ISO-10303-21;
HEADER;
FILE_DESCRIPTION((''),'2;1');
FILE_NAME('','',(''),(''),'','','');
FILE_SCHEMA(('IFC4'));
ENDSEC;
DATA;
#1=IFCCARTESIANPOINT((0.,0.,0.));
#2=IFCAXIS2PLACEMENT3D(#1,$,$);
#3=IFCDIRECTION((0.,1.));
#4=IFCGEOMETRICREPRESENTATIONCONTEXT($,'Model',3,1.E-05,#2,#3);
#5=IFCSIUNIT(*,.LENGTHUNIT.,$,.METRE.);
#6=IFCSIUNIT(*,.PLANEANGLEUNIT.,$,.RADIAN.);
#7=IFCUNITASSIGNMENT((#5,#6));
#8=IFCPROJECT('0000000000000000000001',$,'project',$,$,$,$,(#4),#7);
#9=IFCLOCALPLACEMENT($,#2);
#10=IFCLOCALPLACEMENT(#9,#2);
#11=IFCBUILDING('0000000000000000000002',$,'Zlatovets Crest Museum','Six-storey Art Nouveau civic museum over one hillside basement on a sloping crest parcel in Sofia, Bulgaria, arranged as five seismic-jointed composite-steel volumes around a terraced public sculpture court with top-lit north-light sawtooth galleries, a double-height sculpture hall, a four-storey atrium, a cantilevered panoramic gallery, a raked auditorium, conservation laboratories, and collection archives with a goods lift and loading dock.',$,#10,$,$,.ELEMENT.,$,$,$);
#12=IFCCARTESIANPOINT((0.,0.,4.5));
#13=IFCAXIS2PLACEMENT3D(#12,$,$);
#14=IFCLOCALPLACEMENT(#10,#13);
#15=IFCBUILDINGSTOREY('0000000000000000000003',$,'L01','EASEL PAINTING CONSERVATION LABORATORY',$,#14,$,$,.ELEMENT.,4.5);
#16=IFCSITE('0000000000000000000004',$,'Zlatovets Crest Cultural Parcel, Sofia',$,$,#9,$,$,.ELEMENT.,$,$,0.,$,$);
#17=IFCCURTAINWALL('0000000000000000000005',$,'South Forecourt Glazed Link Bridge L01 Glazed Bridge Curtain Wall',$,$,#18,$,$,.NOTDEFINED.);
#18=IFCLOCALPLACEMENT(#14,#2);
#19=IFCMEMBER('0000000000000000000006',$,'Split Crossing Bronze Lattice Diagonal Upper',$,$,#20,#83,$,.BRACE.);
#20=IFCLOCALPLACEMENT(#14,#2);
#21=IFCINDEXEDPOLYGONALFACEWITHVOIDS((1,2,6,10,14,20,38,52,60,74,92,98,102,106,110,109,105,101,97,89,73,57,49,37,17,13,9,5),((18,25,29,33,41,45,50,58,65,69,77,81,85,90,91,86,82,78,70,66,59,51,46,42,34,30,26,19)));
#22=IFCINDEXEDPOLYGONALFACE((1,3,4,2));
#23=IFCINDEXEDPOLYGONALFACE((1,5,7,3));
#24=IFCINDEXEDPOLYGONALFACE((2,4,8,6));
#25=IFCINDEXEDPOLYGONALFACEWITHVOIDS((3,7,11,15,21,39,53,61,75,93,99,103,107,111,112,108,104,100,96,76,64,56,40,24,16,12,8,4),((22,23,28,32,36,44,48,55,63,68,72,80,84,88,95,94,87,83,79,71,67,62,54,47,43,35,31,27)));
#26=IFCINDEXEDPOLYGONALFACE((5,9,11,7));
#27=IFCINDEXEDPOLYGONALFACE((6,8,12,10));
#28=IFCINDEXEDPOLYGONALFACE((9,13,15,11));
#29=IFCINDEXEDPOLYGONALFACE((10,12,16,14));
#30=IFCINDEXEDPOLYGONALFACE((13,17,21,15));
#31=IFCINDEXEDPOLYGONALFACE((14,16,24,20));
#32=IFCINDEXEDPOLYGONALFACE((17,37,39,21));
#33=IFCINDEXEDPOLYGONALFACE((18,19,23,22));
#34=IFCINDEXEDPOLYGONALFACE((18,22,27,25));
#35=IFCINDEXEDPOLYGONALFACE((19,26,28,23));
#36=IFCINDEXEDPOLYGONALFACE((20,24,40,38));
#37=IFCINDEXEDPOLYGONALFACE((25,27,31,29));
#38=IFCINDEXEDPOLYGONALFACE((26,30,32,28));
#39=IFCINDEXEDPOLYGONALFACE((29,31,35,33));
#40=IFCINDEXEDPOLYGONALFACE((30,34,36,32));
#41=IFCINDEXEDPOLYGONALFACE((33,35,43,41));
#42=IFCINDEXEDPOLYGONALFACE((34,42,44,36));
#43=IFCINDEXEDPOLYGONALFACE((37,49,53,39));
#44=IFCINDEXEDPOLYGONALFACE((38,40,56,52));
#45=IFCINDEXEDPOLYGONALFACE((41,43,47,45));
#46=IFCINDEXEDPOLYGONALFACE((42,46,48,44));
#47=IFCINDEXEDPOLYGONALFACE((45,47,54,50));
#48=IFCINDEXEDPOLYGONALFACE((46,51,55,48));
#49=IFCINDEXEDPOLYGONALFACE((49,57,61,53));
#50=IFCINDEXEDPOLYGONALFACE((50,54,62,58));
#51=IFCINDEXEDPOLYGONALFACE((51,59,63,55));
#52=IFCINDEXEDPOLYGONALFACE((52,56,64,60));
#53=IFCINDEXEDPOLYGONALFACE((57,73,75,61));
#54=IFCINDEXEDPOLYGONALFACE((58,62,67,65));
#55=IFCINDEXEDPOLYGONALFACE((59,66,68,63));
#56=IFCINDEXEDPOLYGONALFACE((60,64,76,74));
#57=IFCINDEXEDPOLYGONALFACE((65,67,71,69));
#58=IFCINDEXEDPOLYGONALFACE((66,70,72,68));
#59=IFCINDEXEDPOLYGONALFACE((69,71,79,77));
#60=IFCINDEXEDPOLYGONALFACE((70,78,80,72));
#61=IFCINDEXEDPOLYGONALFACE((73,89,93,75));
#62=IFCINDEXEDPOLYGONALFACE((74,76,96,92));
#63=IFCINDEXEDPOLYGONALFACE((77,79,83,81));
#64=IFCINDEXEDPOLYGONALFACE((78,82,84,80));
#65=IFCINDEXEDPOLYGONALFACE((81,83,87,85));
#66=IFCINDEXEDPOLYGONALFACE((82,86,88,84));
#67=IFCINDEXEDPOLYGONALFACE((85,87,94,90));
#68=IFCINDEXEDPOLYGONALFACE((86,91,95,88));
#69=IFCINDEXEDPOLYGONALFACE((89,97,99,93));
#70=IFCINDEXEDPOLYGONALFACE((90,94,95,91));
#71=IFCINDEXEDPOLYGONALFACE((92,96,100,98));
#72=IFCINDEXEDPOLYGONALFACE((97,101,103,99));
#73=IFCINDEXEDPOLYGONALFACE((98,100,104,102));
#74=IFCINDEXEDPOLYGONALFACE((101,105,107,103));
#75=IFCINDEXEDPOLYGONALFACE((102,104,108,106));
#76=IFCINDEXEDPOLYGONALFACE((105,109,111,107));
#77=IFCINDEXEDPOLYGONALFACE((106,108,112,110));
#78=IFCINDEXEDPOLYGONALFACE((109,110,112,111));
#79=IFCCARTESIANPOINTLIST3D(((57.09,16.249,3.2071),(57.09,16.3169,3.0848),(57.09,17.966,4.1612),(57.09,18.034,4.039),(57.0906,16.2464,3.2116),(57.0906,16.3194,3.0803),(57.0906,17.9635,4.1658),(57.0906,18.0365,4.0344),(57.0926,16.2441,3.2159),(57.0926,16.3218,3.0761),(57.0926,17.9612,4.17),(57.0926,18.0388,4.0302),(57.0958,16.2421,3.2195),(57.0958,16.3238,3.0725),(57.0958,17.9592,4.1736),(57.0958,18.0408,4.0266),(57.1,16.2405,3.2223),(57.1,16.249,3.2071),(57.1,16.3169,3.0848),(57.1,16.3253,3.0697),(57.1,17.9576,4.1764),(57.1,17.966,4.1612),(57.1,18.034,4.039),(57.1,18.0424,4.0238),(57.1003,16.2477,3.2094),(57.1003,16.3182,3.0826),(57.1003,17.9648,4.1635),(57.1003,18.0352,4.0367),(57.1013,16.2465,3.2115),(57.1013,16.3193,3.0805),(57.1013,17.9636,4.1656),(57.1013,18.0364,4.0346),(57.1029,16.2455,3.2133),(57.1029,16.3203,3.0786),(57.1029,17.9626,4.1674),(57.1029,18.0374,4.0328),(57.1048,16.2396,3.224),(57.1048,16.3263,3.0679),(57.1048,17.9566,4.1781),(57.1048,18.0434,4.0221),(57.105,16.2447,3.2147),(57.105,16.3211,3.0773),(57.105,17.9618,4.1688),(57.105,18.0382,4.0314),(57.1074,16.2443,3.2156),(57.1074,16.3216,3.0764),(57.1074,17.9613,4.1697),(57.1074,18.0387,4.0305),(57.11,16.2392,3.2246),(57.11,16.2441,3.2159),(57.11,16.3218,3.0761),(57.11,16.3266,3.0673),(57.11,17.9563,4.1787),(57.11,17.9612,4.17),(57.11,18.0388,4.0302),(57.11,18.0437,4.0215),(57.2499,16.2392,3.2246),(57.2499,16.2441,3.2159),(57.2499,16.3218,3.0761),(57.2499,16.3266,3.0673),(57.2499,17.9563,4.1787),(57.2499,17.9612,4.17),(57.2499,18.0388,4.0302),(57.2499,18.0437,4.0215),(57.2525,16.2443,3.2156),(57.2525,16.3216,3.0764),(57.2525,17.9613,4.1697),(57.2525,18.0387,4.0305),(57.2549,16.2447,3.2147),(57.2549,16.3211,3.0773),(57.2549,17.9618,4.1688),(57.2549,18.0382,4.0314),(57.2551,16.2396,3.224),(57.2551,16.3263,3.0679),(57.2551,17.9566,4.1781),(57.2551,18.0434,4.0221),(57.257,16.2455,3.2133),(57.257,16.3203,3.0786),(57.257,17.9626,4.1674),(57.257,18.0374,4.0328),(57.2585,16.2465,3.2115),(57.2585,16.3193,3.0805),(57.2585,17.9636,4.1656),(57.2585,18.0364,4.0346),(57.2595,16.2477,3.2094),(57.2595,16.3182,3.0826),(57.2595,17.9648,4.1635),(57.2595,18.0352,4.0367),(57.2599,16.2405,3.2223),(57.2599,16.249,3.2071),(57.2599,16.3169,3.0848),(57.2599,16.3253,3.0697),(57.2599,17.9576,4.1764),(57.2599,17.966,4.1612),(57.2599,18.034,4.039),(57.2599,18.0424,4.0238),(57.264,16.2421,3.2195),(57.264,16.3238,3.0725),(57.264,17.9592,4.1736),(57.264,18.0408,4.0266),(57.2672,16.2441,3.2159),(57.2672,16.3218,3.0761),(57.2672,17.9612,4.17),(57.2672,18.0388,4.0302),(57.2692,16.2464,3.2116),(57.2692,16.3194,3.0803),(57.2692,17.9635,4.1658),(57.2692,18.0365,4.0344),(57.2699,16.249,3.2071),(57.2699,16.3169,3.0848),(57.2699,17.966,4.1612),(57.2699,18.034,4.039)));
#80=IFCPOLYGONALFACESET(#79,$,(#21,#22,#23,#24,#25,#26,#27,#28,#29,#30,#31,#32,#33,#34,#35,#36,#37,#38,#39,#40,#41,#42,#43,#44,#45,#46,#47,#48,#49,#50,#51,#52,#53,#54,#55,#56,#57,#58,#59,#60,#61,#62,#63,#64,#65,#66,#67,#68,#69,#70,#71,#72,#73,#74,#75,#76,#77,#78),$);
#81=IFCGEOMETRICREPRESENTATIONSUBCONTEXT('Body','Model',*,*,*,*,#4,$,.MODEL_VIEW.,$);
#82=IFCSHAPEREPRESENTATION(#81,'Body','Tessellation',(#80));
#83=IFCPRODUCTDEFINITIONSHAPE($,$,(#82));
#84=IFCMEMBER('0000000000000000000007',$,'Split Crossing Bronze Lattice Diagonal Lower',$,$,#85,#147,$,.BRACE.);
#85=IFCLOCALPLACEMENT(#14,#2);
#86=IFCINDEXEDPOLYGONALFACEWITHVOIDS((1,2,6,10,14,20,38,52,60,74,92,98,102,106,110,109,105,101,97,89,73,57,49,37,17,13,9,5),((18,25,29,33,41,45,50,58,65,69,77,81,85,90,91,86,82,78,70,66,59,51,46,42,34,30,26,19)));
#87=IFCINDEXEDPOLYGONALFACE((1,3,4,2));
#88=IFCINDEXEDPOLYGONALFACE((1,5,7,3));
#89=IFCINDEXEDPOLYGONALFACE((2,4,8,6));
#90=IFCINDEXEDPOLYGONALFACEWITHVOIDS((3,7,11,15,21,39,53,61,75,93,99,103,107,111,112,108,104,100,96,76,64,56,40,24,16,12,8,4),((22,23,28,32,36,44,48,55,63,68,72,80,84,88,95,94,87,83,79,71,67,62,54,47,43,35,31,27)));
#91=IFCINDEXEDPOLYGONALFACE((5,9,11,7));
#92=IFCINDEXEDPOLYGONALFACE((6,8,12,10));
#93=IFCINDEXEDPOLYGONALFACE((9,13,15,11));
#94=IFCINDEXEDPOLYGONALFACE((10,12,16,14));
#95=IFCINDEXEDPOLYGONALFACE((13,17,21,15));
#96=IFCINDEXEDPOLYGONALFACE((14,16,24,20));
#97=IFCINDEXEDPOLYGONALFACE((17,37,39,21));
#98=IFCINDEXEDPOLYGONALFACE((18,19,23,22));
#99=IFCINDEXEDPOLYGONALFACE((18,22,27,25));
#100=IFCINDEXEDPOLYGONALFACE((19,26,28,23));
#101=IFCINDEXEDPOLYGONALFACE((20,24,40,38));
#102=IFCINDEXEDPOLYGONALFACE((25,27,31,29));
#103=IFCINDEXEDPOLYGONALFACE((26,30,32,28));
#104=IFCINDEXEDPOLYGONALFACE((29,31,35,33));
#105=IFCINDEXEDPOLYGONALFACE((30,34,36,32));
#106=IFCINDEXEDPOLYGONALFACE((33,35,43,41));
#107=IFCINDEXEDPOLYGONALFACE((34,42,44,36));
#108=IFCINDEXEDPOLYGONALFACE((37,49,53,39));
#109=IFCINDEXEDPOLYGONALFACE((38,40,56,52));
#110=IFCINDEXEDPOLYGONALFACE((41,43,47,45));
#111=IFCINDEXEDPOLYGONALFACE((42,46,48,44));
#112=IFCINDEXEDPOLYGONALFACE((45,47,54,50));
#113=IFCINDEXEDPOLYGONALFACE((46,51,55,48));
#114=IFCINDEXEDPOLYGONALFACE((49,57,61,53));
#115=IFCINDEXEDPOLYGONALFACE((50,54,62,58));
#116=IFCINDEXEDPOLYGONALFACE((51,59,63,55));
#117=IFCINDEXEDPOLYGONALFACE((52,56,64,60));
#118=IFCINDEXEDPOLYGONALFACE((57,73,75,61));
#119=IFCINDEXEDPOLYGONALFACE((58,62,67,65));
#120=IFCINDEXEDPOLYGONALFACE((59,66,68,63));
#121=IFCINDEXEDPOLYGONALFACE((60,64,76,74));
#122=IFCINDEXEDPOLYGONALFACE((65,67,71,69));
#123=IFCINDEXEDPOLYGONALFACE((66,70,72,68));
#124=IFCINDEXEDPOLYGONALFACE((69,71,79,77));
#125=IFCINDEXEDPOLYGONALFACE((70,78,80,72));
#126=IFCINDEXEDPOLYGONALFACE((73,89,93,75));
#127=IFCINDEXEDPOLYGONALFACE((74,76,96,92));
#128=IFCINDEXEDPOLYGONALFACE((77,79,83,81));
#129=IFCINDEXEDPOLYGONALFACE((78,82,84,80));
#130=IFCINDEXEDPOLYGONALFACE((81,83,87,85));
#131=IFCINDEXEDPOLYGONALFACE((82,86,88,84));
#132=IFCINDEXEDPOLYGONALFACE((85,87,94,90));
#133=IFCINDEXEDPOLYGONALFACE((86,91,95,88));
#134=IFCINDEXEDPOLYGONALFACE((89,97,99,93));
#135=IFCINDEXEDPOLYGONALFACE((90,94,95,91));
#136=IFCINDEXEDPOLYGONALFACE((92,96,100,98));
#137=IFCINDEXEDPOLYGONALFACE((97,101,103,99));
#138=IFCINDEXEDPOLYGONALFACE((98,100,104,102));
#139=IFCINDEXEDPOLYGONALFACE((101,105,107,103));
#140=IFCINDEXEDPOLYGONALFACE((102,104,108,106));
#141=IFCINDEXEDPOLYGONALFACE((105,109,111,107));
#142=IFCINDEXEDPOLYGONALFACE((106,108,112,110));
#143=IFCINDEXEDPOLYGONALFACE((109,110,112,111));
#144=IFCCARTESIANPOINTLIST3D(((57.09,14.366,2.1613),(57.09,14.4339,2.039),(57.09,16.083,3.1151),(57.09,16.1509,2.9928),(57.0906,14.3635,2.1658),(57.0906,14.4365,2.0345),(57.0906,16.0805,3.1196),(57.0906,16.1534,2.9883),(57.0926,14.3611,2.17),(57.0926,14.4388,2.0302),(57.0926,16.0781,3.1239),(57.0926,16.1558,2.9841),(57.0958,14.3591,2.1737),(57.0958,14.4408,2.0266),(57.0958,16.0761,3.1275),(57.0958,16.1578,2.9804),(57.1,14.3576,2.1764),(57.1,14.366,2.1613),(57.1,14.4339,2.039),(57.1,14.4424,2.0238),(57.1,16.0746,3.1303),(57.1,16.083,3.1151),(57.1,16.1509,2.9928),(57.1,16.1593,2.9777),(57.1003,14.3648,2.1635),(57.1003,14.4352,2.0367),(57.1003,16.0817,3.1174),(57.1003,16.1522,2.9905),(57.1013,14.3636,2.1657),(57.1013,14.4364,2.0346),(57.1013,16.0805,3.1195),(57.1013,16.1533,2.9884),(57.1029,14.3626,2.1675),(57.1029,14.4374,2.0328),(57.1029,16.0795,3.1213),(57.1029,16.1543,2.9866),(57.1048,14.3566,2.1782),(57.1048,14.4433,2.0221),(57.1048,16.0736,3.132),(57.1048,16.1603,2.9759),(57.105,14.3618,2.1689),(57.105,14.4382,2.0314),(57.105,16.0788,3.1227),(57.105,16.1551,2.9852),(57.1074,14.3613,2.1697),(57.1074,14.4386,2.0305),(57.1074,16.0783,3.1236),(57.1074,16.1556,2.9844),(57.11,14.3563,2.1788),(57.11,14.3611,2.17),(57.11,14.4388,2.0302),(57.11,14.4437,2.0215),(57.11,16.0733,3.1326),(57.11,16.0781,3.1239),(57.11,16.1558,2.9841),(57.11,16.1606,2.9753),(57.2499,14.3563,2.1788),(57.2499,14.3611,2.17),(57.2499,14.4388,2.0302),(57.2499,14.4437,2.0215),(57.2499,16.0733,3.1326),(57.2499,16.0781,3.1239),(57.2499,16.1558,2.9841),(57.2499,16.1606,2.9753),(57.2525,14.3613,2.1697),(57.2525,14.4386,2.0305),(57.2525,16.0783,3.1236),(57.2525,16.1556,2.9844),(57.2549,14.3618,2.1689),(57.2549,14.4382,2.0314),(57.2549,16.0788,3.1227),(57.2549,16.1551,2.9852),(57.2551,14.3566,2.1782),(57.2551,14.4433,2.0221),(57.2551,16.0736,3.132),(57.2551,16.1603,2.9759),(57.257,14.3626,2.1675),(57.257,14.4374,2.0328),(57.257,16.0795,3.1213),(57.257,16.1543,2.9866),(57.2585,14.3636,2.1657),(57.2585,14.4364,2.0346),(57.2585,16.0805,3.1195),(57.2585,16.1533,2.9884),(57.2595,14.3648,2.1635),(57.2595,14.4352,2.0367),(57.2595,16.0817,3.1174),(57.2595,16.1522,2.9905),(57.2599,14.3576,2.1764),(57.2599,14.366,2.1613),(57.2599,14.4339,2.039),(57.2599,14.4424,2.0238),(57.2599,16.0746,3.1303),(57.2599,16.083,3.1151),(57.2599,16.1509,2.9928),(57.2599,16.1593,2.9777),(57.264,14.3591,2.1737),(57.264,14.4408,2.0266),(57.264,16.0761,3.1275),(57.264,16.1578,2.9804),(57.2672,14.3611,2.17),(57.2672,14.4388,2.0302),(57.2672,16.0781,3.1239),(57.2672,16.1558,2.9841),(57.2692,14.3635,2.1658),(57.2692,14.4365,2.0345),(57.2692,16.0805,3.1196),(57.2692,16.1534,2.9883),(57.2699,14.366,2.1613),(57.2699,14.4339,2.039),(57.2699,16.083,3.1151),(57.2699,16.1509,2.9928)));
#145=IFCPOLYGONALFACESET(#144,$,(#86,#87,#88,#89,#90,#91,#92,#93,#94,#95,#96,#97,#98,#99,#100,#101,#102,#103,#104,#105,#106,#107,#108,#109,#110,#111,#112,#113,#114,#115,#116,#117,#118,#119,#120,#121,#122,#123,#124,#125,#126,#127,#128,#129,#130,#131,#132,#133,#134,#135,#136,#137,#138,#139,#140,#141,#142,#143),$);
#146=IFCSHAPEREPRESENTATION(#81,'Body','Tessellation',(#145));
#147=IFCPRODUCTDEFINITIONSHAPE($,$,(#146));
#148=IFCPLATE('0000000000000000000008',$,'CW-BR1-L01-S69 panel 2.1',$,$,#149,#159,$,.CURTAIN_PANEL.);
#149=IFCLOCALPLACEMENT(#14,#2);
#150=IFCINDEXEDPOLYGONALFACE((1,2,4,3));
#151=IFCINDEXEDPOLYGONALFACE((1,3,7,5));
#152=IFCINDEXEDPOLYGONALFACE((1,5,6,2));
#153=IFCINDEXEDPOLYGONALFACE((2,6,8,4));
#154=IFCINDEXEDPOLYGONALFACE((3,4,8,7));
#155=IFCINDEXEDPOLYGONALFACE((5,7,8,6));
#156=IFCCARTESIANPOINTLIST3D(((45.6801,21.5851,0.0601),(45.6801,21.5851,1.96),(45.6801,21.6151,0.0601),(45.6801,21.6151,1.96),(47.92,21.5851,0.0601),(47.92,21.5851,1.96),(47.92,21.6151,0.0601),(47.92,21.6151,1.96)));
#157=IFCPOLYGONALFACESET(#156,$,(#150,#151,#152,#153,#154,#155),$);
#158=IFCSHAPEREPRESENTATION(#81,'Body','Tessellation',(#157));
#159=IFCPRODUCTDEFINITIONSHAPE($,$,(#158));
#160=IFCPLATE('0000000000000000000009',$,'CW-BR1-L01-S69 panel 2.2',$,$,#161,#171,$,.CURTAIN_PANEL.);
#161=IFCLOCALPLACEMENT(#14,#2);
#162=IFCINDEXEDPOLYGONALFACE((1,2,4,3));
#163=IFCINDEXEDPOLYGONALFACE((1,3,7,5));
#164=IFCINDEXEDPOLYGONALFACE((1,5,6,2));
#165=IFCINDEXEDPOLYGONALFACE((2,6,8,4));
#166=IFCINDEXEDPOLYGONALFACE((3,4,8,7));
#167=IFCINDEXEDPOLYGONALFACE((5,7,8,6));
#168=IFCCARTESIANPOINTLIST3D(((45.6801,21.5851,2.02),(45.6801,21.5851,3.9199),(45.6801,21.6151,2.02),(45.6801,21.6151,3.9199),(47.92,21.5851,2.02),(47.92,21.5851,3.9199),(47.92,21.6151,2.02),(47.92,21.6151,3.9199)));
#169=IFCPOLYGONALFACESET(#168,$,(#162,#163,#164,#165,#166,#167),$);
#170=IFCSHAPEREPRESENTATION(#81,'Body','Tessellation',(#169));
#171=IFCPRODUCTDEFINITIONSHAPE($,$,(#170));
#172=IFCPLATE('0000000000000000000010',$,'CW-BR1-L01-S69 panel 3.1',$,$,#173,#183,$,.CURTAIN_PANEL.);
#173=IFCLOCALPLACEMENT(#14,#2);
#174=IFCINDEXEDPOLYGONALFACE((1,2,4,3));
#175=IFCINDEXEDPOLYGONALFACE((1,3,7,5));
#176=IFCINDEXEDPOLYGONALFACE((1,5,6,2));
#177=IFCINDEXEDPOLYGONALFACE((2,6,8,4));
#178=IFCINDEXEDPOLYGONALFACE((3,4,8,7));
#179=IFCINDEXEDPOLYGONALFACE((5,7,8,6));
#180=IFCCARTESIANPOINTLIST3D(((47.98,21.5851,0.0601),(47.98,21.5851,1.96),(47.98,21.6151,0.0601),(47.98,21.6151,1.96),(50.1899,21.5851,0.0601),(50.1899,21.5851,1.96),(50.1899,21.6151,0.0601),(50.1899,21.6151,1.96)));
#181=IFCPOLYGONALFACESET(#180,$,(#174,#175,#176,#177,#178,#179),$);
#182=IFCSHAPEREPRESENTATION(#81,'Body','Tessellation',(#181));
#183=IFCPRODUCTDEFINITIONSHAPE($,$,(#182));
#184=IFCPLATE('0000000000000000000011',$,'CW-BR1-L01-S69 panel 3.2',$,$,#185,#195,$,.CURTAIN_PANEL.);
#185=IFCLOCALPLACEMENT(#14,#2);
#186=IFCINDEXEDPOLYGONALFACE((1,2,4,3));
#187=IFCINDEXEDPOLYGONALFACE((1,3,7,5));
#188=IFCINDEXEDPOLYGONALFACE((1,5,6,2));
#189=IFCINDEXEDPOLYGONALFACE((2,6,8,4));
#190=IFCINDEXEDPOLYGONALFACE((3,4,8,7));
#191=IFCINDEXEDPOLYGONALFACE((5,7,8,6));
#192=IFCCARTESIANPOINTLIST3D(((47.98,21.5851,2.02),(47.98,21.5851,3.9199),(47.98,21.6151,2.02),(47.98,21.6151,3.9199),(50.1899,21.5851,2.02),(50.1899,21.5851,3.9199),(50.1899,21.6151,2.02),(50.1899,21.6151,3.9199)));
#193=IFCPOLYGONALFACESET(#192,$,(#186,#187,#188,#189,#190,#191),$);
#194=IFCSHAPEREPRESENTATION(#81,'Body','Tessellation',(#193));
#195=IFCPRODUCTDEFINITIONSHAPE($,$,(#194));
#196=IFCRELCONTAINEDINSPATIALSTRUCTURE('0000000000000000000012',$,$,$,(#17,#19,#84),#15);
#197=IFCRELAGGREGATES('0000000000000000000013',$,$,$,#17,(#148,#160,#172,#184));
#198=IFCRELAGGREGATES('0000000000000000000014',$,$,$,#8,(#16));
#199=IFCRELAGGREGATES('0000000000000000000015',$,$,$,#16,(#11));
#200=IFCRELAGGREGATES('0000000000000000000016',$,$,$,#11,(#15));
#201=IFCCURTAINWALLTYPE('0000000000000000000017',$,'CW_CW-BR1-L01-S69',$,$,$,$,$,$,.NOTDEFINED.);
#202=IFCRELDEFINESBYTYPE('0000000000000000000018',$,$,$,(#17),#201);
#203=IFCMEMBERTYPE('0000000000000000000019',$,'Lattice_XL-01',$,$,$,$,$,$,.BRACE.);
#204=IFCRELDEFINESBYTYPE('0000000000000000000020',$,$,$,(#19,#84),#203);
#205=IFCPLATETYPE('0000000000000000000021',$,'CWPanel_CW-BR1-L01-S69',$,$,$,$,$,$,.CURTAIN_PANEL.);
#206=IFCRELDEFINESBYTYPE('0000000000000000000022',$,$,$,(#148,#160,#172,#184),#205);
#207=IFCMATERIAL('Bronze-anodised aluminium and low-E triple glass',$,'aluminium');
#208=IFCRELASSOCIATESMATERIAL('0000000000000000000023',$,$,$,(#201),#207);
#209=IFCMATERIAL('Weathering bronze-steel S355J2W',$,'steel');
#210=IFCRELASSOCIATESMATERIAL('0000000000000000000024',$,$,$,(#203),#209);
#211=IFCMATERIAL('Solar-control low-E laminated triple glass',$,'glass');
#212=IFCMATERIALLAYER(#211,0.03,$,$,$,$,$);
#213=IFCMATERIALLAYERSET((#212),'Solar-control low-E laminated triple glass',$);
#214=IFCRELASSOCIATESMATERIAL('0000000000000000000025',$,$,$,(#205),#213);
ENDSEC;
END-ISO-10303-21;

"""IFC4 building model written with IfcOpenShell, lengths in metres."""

from ifc_helpers import new_model, si_unit, direction, frame, origin, origin_2d, place, context, subcontext, project, spatial, rectangle, hollow_rectangle, extrude, material, layer, layer_set, material_profile, profile_set, type_object, element, aggregate, save


model = new_model("IFC4")

# Units and contexts
model_context = context("Model", 3, precision=1e-05, world=origin(), true_north=direction((0.0, 1.0)))
body_context = subcontext(model_context, "Body", "Model", "MODEL_VIEW")
ifc_project = project(units=[si_unit("LENGTHUNIT", "METRE"), si_unit("PLANEANGLEUNIT", "RADIAN")], contexts=[model_context])

# Site, building, storey
site_placement = place(None, origin())
site = spatial("IfcSite", under=ifc_project, at=site_placement, Name="Zlatovets Crest Cultural Parcel, Sofia", CompositionType="ELEMENT", RefElevation=0.0)
building_placement = place(site_placement, origin())
building = spatial("IfcBuilding", under=site, at=building_placement, Name="Zlatovets Crest Museum", Description="Six-storey Art Nouveau civic museum over one hillside basement on a sloping crest parcel in Sofia, Bulgaria, arranged as five seismic-jointed composite-steel volumes around a terraced public sculpture court with top-lit north-light sawtooth galleries, a double-height sculpture hall, a four-storey atrium, a cantilevered panoramic gallery, a raked auditorium, conservation laboratories, and collection archives with a goods lift and loading dock.", CompositionType="ELEMENT")
storey_placement = place(building_placement, frame((0.0, 0.0, 4.5)))
storey = spatial("IfcBuildingStorey", under=building, at=storey_placement, Name="L01", Description="EASEL PAINTING CONSERVATION LABORATORY", CompositionType="ELEMENT", Elevation=4.5)

# Curtain wall
ifc_material_1 = material(Name="Bronze-anodised aluminium and low-E triple glass", Category="aluminium")
curtain_wall_type_1 = type_object("IfcCurtainWallType", Name="CW_CW-BR1-L01-S69", PredefinedType="NOTDEFINED", material=ifc_material_1)
curtain_wall_1_placement = place(storey_placement, origin())
curtain_wall_1 = element("IfcCurtainWall", 1, at=curtain_wall_1_placement, inside=storey, type_object=curtain_wall_type_1, Name="South Forecourt Glazed Link Bridge L01 Glazed Bridge Curtain Wall", PredefinedType="NOTDEFINED")

# Members
ifc_material_2 = material(Name="Weathering bronze-steel S355J2W", Category="steel")
ifc_material_profile_1 = material_profile(ifc_material_2, hollow_rectangle(XDim=0.1799, YDim=0.1799, WallThickness=0.01, InnerFilletRadius=0.01, OuterFilletRadius=0.02, at=origin_2d()), Name="SHS 180x180x10.0")
ifc_profile_set_1 = profile_set([ifc_material_profile_1], Name="Weathering bronze-steel S355J2W")
member_type_1 = type_object("IfcMemberType", Name="Lattice_XL-01", PredefinedType="BRACE", material=ifc_profile_set_1)
member_1_placement = place(storey_placement, frame((57.1799, 18.0, 4.1001), z_axis=(0.0, -0.874116, -0.485717), x_axis=(1.0, 0.0, 0.0)))
element("IfcMember", 2, at=member_1_placement, inside=storey, type_object=member_type_1, Name="Split Crossing Bronze Lattice Diagonal Upper", PredefinedType="BRACE", context=body_context, shape_type="SweptSolid", body=[
    extrude(hollow_rectangle(XDim=0.1799, YDim=0.1799, WallThickness=0.01, InnerFilletRadius=0.01, OuterFilletRadius=0.02, at=origin_2d()), origin(), (0.0, 0.0, 1.0), 1.9644),
])
member_2_placement = place(storey_placement, frame((57.1799, 16.1169, 3.054), z_axis=(0.0, -0.874169, -0.485622), x_axis=(1.0, 0.0, 0.0)))
element("IfcMember", 3, at=member_2_placement, inside=storey, type_object=member_type_1, Name="Split Crossing Bronze Lattice Diagonal Lower", PredefinedType="BRACE", context=body_context, shape_type="SweptSolid", body=[
    extrude(hollow_rectangle(XDim=0.1799, YDim=0.1799, WallThickness=0.01, InnerFilletRadius=0.01, OuterFilletRadius=0.02, at=origin_2d()), origin(), (0.0, 0.0, 1.0), 1.9641),
])

# Plates
ifc_material_3 = material(Name="Solar-control low-E laminated triple glass", Category="glass")
ifc_layer_1 = layer(ifc_material_3, 0.03)
ifc_layer_set_1 = layer_set([ifc_layer_1], Name="Solar-control low-E laminated triple glass")
plate_type_1 = type_object("IfcPlateType", Name="CWPanel_CW-BR1-L01-S69", PredefinedType="CURTAIN_PANEL", material=ifc_layer_set_1)
plate_1_placement = place(storey_placement, frame((46.8, 21.6001, 0.0601), z_axis=(0.0, 0.0, 1.0), x_axis=(1.0, 0.0, 0.0)))
plate_1 = element("IfcPlate", 4, at=plate_1_placement, type_object=plate_type_1, Name="CW-BR1-L01-S69 panel 2.1", PredefinedType="CURTAIN_PANEL", context=body_context, shape_type="SweptSolid", body=[
    extrude(rectangle(XDim=2.24, YDim=0.03, at=origin_2d()), origin(), (0.0, 0.0, 1.0), 1.8999),
])
plate_2_placement = place(storey_placement, frame((46.8, 21.6001, 2.02), z_axis=(0.0, 0.0, 1.0), x_axis=(1.0, 0.0, 0.0)))
plate_2 = element("IfcPlate", 5, at=plate_2_placement, type_object=plate_type_1, Name="CW-BR1-L01-S69 panel 2.2", PredefinedType="CURTAIN_PANEL", context=body_context, shape_type="SweptSolid", body=[
    extrude(rectangle(XDim=2.24, YDim=0.03, at=origin_2d()), origin(), (0.0, 0.0, 1.0), 1.8999),
])
plate_3_placement = place(storey_placement, frame((49.085, 21.6001, 0.0601), z_axis=(0.0, 0.0, 1.0), x_axis=(1.0, 0.0, 0.0)))
plate_3 = element("IfcPlate", 6, at=plate_3_placement, type_object=plate_type_1, Name="CW-BR1-L01-S69 panel 3.1", PredefinedType="CURTAIN_PANEL", context=body_context, shape_type="SweptSolid", body=[
    extrude(rectangle(XDim=2.21, YDim=0.03, at=origin_2d()), origin(), (0.0, 0.0, 1.0), 1.8999),
])
plate_4_placement = place(storey_placement, frame((49.085, 21.6001, 2.02), z_axis=(0.0, 0.0, 1.0), x_axis=(1.0, 0.0, 0.0)))
plate_4 = element("IfcPlate", 7, at=plate_4_placement, type_object=plate_type_1, Name="CW-BR1-L01-S69 panel 3.2", PredefinedType="CURTAIN_PANEL", context=body_context, shape_type="SweptSolid", body=[
    extrude(rectangle(XDim=2.21, YDim=0.03, at=origin_2d()), origin(), (0.0, 0.0, 1.0), 1.8999),
])
aggregate(curtain_wall_1, [plate_1, plate_2, plate_3, plate_4])

save(model, "model.ifc")
